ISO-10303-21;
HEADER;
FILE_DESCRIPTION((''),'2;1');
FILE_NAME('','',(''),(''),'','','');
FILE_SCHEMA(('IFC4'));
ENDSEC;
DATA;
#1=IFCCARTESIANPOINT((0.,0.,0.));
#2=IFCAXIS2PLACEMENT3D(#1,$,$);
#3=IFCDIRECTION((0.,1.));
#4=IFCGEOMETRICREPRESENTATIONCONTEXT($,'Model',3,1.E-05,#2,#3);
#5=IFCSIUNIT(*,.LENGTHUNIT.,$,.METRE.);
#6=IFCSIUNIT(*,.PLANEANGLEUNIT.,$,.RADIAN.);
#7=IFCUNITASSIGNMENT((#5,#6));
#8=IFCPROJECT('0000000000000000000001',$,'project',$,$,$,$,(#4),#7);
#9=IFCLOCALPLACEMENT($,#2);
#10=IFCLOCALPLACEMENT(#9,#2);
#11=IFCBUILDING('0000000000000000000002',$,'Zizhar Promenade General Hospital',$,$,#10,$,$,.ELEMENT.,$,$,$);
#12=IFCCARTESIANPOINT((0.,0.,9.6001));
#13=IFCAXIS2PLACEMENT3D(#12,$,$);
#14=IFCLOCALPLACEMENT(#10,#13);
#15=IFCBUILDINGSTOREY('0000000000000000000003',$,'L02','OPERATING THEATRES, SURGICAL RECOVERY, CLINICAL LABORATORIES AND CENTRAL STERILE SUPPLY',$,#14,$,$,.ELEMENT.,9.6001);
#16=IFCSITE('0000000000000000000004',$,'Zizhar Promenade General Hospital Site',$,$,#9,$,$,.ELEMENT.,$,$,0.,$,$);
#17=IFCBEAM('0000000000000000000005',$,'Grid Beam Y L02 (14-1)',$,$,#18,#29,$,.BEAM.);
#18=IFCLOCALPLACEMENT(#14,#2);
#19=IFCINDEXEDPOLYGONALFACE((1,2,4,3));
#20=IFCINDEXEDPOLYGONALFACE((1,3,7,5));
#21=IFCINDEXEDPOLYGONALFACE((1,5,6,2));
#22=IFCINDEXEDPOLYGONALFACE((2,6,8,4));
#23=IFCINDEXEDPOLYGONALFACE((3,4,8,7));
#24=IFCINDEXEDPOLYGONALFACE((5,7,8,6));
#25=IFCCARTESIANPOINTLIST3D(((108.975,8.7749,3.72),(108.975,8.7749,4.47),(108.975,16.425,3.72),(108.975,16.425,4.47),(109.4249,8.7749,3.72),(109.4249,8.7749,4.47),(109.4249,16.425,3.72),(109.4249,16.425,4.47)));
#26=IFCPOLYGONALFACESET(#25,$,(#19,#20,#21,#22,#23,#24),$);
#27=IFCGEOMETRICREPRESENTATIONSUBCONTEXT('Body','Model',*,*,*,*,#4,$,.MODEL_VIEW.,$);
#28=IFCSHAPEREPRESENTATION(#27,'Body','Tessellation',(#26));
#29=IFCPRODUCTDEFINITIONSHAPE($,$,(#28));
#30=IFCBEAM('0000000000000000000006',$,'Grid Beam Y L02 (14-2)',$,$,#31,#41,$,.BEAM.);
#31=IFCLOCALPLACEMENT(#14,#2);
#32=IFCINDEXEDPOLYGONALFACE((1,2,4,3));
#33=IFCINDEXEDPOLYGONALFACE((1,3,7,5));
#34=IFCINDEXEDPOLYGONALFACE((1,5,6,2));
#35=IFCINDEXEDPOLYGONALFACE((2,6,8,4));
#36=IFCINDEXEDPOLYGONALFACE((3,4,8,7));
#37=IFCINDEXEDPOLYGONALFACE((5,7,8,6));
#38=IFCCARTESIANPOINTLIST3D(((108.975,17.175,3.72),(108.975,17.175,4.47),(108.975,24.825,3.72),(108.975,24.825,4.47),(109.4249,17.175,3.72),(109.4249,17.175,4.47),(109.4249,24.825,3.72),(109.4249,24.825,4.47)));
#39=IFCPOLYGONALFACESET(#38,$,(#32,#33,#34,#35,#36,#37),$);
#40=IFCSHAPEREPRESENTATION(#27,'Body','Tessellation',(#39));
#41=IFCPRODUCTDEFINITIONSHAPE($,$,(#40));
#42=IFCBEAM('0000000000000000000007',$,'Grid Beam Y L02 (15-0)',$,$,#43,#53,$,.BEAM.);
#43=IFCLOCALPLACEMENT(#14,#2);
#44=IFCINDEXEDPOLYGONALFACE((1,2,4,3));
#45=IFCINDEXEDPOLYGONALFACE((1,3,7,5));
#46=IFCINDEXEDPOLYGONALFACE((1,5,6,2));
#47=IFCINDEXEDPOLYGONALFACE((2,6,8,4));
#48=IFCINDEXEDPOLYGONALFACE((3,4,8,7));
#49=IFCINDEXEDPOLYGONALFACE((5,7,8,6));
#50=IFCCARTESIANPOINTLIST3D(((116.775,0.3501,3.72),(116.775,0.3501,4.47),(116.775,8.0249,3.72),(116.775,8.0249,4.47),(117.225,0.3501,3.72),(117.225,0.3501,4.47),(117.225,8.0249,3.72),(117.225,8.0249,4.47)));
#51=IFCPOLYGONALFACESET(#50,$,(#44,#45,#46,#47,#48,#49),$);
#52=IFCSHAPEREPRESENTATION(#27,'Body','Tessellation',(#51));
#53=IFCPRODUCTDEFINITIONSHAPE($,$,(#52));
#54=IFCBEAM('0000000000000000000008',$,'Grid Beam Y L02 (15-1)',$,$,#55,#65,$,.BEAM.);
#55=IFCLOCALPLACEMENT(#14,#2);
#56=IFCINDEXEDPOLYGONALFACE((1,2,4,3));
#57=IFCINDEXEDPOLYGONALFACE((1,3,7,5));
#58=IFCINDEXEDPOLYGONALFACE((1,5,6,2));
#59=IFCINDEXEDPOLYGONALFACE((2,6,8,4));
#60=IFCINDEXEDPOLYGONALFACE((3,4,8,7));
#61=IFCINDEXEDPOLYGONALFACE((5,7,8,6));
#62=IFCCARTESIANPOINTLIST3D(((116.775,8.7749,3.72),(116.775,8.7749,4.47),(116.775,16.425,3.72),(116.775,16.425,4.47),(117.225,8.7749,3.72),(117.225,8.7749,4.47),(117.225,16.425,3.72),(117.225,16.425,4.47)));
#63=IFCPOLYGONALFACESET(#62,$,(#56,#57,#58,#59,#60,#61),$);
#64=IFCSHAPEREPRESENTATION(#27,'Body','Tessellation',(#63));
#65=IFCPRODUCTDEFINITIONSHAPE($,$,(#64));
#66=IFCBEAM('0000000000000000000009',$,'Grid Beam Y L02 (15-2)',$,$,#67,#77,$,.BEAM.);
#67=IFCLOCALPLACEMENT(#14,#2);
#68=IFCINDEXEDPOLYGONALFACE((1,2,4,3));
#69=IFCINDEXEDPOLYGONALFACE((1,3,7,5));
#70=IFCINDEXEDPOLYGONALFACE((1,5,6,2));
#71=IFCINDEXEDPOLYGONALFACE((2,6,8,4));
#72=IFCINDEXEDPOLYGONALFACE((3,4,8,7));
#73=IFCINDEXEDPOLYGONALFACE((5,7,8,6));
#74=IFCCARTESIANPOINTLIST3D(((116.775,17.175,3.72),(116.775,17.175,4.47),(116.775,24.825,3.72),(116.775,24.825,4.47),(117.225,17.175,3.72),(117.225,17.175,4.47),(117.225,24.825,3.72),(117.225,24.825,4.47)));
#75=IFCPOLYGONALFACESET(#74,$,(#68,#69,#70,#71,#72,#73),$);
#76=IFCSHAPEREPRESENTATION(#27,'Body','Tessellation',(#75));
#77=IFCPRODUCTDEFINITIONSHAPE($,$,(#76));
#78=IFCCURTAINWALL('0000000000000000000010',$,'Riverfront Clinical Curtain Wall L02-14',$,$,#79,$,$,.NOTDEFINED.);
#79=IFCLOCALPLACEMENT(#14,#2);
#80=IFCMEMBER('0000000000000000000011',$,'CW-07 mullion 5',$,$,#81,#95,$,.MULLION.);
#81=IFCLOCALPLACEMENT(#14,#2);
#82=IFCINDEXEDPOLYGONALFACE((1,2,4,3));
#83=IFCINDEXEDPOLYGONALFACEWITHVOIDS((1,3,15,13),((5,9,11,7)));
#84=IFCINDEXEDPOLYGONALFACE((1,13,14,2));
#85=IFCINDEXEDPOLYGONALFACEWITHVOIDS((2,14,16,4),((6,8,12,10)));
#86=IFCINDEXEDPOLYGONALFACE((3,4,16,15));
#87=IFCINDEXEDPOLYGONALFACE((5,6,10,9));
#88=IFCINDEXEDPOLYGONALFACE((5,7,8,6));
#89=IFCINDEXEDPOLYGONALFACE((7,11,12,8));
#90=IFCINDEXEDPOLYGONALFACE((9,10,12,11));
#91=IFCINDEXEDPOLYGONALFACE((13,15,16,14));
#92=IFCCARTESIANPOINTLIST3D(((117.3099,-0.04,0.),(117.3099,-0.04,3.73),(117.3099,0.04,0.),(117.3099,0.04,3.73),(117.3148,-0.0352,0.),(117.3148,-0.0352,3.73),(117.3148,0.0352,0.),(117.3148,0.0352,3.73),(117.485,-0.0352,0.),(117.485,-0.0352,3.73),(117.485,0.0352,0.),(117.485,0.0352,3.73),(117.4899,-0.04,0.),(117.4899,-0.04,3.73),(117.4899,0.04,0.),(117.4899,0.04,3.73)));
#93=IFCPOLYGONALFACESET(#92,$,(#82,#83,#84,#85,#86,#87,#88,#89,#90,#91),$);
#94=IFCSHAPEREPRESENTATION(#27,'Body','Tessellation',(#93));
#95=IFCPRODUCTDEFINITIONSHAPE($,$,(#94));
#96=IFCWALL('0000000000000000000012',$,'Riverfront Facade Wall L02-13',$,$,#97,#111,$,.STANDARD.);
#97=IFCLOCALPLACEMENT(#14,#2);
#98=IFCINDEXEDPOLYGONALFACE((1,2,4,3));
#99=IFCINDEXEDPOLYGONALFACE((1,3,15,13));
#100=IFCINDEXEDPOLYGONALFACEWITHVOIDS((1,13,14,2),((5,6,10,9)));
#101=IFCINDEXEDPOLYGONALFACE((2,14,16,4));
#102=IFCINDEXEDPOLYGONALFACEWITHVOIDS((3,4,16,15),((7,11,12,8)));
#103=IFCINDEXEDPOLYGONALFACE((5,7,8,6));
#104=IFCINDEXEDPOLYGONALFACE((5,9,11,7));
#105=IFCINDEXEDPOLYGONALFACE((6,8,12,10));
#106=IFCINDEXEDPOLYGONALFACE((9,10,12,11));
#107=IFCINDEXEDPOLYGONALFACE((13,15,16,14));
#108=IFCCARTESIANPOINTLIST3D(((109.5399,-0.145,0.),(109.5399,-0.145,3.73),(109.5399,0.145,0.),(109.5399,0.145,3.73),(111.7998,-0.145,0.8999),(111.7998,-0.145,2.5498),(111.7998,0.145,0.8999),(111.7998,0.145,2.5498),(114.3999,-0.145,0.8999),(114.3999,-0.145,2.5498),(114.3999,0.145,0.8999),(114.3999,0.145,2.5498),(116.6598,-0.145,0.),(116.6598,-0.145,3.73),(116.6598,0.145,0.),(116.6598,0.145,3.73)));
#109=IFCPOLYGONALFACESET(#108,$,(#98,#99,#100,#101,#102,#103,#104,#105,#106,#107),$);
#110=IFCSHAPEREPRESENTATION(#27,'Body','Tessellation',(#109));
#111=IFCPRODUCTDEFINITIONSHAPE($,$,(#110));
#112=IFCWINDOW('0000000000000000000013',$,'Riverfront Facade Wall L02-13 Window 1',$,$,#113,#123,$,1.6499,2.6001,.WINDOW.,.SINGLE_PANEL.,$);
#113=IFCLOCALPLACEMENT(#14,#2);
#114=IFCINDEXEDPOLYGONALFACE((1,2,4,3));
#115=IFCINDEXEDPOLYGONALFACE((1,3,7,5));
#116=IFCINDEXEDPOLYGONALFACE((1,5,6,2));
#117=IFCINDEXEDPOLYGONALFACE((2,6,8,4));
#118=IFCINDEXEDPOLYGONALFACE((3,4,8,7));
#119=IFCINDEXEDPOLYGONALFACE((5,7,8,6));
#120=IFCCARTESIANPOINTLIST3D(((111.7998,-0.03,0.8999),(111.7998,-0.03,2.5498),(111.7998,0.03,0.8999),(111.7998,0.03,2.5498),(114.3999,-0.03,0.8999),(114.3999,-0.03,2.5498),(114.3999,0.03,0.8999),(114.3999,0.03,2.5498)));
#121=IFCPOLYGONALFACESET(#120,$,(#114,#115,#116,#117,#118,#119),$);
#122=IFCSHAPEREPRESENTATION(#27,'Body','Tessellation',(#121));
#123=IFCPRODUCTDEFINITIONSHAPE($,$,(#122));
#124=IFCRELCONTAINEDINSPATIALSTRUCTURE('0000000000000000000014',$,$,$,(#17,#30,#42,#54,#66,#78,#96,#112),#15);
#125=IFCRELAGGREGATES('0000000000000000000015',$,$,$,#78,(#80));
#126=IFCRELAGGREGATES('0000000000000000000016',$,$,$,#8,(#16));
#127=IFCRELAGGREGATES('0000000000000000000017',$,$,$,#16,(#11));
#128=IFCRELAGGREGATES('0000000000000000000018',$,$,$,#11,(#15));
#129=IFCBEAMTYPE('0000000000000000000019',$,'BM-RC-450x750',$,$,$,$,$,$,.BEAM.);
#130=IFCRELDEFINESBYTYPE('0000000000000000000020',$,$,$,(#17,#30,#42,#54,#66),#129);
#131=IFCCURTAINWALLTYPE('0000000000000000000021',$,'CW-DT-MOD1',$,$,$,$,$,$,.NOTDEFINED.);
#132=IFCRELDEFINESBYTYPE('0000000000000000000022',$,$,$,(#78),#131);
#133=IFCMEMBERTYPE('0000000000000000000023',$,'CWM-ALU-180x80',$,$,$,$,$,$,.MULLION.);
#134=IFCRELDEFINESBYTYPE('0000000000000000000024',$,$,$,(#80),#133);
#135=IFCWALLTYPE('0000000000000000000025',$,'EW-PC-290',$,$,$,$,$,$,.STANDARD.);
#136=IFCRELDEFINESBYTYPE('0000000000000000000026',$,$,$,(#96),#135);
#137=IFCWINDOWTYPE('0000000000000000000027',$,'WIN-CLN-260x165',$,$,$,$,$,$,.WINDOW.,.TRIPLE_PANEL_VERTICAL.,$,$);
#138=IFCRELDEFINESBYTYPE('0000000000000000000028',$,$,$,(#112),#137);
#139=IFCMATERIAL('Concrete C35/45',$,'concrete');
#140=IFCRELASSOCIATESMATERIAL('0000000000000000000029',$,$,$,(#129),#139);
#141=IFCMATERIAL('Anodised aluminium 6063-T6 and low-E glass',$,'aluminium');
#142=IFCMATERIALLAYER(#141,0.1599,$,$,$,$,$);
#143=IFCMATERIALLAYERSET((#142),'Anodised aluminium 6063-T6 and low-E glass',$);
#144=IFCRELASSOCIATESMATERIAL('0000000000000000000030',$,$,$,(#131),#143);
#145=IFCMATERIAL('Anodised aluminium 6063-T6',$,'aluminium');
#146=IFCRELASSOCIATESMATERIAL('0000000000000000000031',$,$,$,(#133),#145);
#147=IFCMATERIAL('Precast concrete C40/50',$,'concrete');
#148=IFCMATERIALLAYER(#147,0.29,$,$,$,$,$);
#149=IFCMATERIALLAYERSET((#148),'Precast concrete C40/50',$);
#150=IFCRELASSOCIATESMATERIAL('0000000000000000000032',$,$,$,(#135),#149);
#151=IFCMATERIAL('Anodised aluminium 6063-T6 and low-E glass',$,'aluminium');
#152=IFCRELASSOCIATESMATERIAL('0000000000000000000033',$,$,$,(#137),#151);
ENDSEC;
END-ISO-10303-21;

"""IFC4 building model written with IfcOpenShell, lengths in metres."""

from ifc_helpers import new_model, si_unit, direction, frame, frame_2d, origin, origin_2d, place, context, subcontext, project, spatial, rectangle, hollow_rectangle, extrude, material, layer, layer_set, material_profile, profile_set, type_object, element, fill, aggregate, save


model = new_model("IFC4")

# Units and contexts
model_context = context("Model", 3, precision=1e-05, world=origin(), true_north=direction((0.0, 1.0)))
body_context = subcontext(model_context, "Body", "Model", "MODEL_VIEW")
ifc_project = project(units=[si_unit("LENGTHUNIT", "METRE"), si_unit("PLANEANGLEUNIT", "RADIAN")], contexts=[model_context])

# Site, building, storey
site_placement = place(None, origin())
site = spatial("IfcSite", under=ifc_project, at=site_placement, Name="Zizhar Promenade General Hospital Site", CompositionType="ELEMENT", RefElevation=0.0)
building_placement = place(site_placement, origin())
building = spatial("IfcBuilding", under=site, at=building_placement, Name="Zizhar Promenade General Hospital", CompositionType="ELEMENT")
storey_placement = place(building_placement, frame((0.0, 0.0, 9.6001)))
storey = spatial("IfcBuildingStorey", under=building, at=storey_placement, Name="L02", Description="OPERATING THEATRES, SURGICAL RECOVERY, CLINICAL LABORATORIES AND CENTRAL STERILE SUPPLY", CompositionType="ELEMENT", Elevation=9.6001)

# Beams
ifc_material_1 = material(Name="Concrete C35/45", Category="concrete")
ifc_material_profile_1 = material_profile(ifc_material_1, rectangle(XDim=0.45, YDim=0.75, at=origin_2d()))
ifc_profile_set_1 = profile_set([ifc_material_profile_1], Name="Concrete C35/45")
beam_type_1 = type_object("IfcBeamType", Name="BM-RC-450x750", PredefinedType="BEAM", material=ifc_profile_set_1)
beam_1_placement = place(storey_placement, frame((109.2, 8.7749, 4.095), z_axis=(0.0, 1.0, 0.0), x_axis=(-1.0, 0.0, 0.0)))
element("IfcBeam", 1, at=beam_1_placement, inside=storey, type_object=beam_type_1, Name="Grid Beam Y L02 (14-1)", PredefinedType="BEAM", context=body_context, shape_type="SweptSolid", body=[
    extrude(rectangle(XDim=0.45, YDim=0.75, at=origin_2d()), origin(), (0.0, 0.0, 1.0), 7.6501),
])
beam_2_placement = place(storey_placement, frame((109.2, 17.175, 4.095), z_axis=(0.0, 1.0, 0.0), x_axis=(-1.0, 0.0, 0.0)))
element("IfcBeam", 2, at=beam_2_placement, inside=storey, type_object=beam_type_1, Name="Grid Beam Y L02 (14-2)", PredefinedType="BEAM", context=body_context, shape_type="SweptSolid", body=[
    extrude(rectangle(XDim=0.45, YDim=0.75, at=origin_2d()), origin(), (0.0, 0.0, 1.0), 7.6499),
])
beam_3_placement = place(storey_placement, frame((117.0, 0.3501, 4.095), z_axis=(0.0, 1.0, 0.0), x_axis=(-1.0, 0.0, 0.0)))
element("IfcBeam", 3, at=beam_3_placement, inside=storey, type_object=beam_type_1, Name="Grid Beam Y L02 (15-0)", PredefinedType="BEAM", context=body_context, shape_type="SweptSolid", body=[
    extrude(rectangle(XDim=0.45, YDim=0.75, at=origin_2d()), origin(), (0.0, 0.0, 1.0), 7.6748),
])
beam_4_placement = place(storey_placement, frame((117.0, 8.7749, 4.095), z_axis=(0.0, 1.0, 0.0), x_axis=(-1.0, 0.0, 0.0)))
element("IfcBeam", 4, at=beam_4_placement, inside=storey, type_object=beam_type_1, Name="Grid Beam Y L02 (15-1)", PredefinedType="BEAM", context=body_context, shape_type="SweptSolid", body=[
    extrude(rectangle(XDim=0.45, YDim=0.75, at=origin_2d()), origin(), (0.0, 0.0, 1.0), 7.6501),
])
beam_5_placement = place(storey_placement, frame((117.0, 17.175, 4.095), z_axis=(0.0, 1.0, 0.0), x_axis=(-1.0, 0.0, 0.0)))
element("IfcBeam", 5, at=beam_5_placement, inside=storey, type_object=beam_type_1, Name="Grid Beam Y L02 (15-2)", PredefinedType="BEAM", context=body_context, shape_type="SweptSolid", body=[
    extrude(rectangle(XDim=0.45, YDim=0.75, at=origin_2d()), origin(), (0.0, 0.0, 1.0), 7.6499),
])

# Curtain wall, member
ifc_material_2 = material(Name="Anodised aluminium 6063-T6 and low-E glass", Category="aluminium")
ifc_layer_1 = layer(ifc_material_2, 0.1599)
ifc_layer_set_1 = layer_set([ifc_layer_1], Name="Anodised aluminium 6063-T6 and low-E glass")
curtain_wall_type = type_object("IfcCurtainWallType", Name="CW-DT-MOD1", PredefinedType="NOTDEFINED", material=ifc_layer_set_1)
curtain_wall_placement = place(storey_placement, origin())
curtain_wall = element("IfcCurtainWall", 6, at=curtain_wall_placement, inside=storey, type_object=curtain_wall_type, Name="Riverfront Clinical Curtain Wall L02-14", PredefinedType="NOTDEFINED")
ifc_material_3 = material(Name="Anodised aluminium 6063-T6", Category="aluminium")
ifc_material_profile_2 = material_profile(ifc_material_3, hollow_rectangle(XDim=0.0801, YDim=0.1799, WallThickness=0.0049, at=origin_2d()))
ifc_profile_set_2 = profile_set([ifc_material_profile_2], Name="Anodised aluminium 6063-T6")
member_type = type_object("IfcMemberType", Name="CWM-ALU-180x80", PredefinedType="MULLION", material=ifc_profile_set_2)
member_placement = place(storey_placement, frame((117.3999, 0.0, 0.0), z_axis=(0.0, 0.0, 1.0), x_axis=(0.0, -1.0, 0.0)))
member = element("IfcMember", 7, at=member_placement, type_object=member_type, Name="CW-07 mullion 5", PredefinedType="MULLION", context=body_context, shape_type="SweptSolid", body=[
    extrude(hollow_rectangle(XDim=0.0801, YDim=0.1799, WallThickness=0.0049, at=origin_2d()), origin(), (0.0, 0.0, 1.0), 3.73),
])
aggregate(curtain_wall, [member])

# Wall, opening, window
ifc_material_4 = material(Name="Precast concrete C40/50", Category="concrete")
ifc_layer_2 = layer(ifc_material_4, 0.29)
ifc_layer_set_2 = layer_set([ifc_layer_2], Name="Precast concrete C40/50")
wall_type = type_object("IfcWallType", Name="EW-PC-290", PredefinedType="STANDARD", material=ifc_layer_set_2)
wall_placement = place(storey_placement, frame((116.6599, 0.0, 0.0), z_axis=(0.0, 0.0, 1.0), x_axis=(-1.0, 0.0, 0.0)))
wall = element("IfcWall", 8, at=wall_placement, inside=storey, type_object=wall_type, Name="Riverfront Facade Wall L02-13", PredefinedType="STANDARD", context=body_context, shape_type="SweptSolid", body=[
    extrude(rectangle(XDim=7.1199, YDim=0.29, at=frame_2d((3.5601, 0.0))), origin(), (0.0, 0.0, 1.0), 3.73),
])
opening_placement = place(wall_placement, frame((2.26, 0.0, 0.8999)))
opening = element("IfcOpeningElement", 9, at=opening_placement, cuts=wall, PredefinedType="OPENING", context=body_context, shape_type="SweptSolid", body=[
    extrude(rectangle(XDim=2.6001, YDim=1.6499, at=frame_2d((1.3, 0.825))), frame((0.0, 0.155, 0.0), z_axis=(0.0, -1.0, 0.0), x_axis=(1.0, 0.0, 0.0)), (0.0, 0.0, 1.0), 0.3101),
])
ifc_material_5 = material(Name="Anodised aluminium 6063-T6 and low-E glass", Category="aluminium")
window_type = type_object("IfcWindowType", Name="WIN-CLN-260x165", PartitioningType="TRIPLE_PANEL_VERTICAL", PredefinedType="WINDOW", material=ifc_material_5)
window_placement = place(opening_placement, origin())
window = element("IfcWindow", 10, at=window_placement, inside=storey, type_object=window_type, Name="Riverfront Facade Wall L02-13 Window 1", OverallHeight=1.6499, OverallWidth=2.6001, PartitioningType="SINGLE_PANEL", PredefinedType="WINDOW", context=body_context, shape_type="SweptSolid", body=[
    extrude(rectangle(XDim=2.6001, YDim=1.6499, at=frame_2d((1.3, 0.825))), frame((0.0, 0.03, 0.0), z_axis=(0.0, -1.0, 0.0), x_axis=(1.0, 0.0, 0.0)), (0.0, 0.0, 1.0), 0.0601),
])
fill(opening, window)

save(model, "model.ifc")
